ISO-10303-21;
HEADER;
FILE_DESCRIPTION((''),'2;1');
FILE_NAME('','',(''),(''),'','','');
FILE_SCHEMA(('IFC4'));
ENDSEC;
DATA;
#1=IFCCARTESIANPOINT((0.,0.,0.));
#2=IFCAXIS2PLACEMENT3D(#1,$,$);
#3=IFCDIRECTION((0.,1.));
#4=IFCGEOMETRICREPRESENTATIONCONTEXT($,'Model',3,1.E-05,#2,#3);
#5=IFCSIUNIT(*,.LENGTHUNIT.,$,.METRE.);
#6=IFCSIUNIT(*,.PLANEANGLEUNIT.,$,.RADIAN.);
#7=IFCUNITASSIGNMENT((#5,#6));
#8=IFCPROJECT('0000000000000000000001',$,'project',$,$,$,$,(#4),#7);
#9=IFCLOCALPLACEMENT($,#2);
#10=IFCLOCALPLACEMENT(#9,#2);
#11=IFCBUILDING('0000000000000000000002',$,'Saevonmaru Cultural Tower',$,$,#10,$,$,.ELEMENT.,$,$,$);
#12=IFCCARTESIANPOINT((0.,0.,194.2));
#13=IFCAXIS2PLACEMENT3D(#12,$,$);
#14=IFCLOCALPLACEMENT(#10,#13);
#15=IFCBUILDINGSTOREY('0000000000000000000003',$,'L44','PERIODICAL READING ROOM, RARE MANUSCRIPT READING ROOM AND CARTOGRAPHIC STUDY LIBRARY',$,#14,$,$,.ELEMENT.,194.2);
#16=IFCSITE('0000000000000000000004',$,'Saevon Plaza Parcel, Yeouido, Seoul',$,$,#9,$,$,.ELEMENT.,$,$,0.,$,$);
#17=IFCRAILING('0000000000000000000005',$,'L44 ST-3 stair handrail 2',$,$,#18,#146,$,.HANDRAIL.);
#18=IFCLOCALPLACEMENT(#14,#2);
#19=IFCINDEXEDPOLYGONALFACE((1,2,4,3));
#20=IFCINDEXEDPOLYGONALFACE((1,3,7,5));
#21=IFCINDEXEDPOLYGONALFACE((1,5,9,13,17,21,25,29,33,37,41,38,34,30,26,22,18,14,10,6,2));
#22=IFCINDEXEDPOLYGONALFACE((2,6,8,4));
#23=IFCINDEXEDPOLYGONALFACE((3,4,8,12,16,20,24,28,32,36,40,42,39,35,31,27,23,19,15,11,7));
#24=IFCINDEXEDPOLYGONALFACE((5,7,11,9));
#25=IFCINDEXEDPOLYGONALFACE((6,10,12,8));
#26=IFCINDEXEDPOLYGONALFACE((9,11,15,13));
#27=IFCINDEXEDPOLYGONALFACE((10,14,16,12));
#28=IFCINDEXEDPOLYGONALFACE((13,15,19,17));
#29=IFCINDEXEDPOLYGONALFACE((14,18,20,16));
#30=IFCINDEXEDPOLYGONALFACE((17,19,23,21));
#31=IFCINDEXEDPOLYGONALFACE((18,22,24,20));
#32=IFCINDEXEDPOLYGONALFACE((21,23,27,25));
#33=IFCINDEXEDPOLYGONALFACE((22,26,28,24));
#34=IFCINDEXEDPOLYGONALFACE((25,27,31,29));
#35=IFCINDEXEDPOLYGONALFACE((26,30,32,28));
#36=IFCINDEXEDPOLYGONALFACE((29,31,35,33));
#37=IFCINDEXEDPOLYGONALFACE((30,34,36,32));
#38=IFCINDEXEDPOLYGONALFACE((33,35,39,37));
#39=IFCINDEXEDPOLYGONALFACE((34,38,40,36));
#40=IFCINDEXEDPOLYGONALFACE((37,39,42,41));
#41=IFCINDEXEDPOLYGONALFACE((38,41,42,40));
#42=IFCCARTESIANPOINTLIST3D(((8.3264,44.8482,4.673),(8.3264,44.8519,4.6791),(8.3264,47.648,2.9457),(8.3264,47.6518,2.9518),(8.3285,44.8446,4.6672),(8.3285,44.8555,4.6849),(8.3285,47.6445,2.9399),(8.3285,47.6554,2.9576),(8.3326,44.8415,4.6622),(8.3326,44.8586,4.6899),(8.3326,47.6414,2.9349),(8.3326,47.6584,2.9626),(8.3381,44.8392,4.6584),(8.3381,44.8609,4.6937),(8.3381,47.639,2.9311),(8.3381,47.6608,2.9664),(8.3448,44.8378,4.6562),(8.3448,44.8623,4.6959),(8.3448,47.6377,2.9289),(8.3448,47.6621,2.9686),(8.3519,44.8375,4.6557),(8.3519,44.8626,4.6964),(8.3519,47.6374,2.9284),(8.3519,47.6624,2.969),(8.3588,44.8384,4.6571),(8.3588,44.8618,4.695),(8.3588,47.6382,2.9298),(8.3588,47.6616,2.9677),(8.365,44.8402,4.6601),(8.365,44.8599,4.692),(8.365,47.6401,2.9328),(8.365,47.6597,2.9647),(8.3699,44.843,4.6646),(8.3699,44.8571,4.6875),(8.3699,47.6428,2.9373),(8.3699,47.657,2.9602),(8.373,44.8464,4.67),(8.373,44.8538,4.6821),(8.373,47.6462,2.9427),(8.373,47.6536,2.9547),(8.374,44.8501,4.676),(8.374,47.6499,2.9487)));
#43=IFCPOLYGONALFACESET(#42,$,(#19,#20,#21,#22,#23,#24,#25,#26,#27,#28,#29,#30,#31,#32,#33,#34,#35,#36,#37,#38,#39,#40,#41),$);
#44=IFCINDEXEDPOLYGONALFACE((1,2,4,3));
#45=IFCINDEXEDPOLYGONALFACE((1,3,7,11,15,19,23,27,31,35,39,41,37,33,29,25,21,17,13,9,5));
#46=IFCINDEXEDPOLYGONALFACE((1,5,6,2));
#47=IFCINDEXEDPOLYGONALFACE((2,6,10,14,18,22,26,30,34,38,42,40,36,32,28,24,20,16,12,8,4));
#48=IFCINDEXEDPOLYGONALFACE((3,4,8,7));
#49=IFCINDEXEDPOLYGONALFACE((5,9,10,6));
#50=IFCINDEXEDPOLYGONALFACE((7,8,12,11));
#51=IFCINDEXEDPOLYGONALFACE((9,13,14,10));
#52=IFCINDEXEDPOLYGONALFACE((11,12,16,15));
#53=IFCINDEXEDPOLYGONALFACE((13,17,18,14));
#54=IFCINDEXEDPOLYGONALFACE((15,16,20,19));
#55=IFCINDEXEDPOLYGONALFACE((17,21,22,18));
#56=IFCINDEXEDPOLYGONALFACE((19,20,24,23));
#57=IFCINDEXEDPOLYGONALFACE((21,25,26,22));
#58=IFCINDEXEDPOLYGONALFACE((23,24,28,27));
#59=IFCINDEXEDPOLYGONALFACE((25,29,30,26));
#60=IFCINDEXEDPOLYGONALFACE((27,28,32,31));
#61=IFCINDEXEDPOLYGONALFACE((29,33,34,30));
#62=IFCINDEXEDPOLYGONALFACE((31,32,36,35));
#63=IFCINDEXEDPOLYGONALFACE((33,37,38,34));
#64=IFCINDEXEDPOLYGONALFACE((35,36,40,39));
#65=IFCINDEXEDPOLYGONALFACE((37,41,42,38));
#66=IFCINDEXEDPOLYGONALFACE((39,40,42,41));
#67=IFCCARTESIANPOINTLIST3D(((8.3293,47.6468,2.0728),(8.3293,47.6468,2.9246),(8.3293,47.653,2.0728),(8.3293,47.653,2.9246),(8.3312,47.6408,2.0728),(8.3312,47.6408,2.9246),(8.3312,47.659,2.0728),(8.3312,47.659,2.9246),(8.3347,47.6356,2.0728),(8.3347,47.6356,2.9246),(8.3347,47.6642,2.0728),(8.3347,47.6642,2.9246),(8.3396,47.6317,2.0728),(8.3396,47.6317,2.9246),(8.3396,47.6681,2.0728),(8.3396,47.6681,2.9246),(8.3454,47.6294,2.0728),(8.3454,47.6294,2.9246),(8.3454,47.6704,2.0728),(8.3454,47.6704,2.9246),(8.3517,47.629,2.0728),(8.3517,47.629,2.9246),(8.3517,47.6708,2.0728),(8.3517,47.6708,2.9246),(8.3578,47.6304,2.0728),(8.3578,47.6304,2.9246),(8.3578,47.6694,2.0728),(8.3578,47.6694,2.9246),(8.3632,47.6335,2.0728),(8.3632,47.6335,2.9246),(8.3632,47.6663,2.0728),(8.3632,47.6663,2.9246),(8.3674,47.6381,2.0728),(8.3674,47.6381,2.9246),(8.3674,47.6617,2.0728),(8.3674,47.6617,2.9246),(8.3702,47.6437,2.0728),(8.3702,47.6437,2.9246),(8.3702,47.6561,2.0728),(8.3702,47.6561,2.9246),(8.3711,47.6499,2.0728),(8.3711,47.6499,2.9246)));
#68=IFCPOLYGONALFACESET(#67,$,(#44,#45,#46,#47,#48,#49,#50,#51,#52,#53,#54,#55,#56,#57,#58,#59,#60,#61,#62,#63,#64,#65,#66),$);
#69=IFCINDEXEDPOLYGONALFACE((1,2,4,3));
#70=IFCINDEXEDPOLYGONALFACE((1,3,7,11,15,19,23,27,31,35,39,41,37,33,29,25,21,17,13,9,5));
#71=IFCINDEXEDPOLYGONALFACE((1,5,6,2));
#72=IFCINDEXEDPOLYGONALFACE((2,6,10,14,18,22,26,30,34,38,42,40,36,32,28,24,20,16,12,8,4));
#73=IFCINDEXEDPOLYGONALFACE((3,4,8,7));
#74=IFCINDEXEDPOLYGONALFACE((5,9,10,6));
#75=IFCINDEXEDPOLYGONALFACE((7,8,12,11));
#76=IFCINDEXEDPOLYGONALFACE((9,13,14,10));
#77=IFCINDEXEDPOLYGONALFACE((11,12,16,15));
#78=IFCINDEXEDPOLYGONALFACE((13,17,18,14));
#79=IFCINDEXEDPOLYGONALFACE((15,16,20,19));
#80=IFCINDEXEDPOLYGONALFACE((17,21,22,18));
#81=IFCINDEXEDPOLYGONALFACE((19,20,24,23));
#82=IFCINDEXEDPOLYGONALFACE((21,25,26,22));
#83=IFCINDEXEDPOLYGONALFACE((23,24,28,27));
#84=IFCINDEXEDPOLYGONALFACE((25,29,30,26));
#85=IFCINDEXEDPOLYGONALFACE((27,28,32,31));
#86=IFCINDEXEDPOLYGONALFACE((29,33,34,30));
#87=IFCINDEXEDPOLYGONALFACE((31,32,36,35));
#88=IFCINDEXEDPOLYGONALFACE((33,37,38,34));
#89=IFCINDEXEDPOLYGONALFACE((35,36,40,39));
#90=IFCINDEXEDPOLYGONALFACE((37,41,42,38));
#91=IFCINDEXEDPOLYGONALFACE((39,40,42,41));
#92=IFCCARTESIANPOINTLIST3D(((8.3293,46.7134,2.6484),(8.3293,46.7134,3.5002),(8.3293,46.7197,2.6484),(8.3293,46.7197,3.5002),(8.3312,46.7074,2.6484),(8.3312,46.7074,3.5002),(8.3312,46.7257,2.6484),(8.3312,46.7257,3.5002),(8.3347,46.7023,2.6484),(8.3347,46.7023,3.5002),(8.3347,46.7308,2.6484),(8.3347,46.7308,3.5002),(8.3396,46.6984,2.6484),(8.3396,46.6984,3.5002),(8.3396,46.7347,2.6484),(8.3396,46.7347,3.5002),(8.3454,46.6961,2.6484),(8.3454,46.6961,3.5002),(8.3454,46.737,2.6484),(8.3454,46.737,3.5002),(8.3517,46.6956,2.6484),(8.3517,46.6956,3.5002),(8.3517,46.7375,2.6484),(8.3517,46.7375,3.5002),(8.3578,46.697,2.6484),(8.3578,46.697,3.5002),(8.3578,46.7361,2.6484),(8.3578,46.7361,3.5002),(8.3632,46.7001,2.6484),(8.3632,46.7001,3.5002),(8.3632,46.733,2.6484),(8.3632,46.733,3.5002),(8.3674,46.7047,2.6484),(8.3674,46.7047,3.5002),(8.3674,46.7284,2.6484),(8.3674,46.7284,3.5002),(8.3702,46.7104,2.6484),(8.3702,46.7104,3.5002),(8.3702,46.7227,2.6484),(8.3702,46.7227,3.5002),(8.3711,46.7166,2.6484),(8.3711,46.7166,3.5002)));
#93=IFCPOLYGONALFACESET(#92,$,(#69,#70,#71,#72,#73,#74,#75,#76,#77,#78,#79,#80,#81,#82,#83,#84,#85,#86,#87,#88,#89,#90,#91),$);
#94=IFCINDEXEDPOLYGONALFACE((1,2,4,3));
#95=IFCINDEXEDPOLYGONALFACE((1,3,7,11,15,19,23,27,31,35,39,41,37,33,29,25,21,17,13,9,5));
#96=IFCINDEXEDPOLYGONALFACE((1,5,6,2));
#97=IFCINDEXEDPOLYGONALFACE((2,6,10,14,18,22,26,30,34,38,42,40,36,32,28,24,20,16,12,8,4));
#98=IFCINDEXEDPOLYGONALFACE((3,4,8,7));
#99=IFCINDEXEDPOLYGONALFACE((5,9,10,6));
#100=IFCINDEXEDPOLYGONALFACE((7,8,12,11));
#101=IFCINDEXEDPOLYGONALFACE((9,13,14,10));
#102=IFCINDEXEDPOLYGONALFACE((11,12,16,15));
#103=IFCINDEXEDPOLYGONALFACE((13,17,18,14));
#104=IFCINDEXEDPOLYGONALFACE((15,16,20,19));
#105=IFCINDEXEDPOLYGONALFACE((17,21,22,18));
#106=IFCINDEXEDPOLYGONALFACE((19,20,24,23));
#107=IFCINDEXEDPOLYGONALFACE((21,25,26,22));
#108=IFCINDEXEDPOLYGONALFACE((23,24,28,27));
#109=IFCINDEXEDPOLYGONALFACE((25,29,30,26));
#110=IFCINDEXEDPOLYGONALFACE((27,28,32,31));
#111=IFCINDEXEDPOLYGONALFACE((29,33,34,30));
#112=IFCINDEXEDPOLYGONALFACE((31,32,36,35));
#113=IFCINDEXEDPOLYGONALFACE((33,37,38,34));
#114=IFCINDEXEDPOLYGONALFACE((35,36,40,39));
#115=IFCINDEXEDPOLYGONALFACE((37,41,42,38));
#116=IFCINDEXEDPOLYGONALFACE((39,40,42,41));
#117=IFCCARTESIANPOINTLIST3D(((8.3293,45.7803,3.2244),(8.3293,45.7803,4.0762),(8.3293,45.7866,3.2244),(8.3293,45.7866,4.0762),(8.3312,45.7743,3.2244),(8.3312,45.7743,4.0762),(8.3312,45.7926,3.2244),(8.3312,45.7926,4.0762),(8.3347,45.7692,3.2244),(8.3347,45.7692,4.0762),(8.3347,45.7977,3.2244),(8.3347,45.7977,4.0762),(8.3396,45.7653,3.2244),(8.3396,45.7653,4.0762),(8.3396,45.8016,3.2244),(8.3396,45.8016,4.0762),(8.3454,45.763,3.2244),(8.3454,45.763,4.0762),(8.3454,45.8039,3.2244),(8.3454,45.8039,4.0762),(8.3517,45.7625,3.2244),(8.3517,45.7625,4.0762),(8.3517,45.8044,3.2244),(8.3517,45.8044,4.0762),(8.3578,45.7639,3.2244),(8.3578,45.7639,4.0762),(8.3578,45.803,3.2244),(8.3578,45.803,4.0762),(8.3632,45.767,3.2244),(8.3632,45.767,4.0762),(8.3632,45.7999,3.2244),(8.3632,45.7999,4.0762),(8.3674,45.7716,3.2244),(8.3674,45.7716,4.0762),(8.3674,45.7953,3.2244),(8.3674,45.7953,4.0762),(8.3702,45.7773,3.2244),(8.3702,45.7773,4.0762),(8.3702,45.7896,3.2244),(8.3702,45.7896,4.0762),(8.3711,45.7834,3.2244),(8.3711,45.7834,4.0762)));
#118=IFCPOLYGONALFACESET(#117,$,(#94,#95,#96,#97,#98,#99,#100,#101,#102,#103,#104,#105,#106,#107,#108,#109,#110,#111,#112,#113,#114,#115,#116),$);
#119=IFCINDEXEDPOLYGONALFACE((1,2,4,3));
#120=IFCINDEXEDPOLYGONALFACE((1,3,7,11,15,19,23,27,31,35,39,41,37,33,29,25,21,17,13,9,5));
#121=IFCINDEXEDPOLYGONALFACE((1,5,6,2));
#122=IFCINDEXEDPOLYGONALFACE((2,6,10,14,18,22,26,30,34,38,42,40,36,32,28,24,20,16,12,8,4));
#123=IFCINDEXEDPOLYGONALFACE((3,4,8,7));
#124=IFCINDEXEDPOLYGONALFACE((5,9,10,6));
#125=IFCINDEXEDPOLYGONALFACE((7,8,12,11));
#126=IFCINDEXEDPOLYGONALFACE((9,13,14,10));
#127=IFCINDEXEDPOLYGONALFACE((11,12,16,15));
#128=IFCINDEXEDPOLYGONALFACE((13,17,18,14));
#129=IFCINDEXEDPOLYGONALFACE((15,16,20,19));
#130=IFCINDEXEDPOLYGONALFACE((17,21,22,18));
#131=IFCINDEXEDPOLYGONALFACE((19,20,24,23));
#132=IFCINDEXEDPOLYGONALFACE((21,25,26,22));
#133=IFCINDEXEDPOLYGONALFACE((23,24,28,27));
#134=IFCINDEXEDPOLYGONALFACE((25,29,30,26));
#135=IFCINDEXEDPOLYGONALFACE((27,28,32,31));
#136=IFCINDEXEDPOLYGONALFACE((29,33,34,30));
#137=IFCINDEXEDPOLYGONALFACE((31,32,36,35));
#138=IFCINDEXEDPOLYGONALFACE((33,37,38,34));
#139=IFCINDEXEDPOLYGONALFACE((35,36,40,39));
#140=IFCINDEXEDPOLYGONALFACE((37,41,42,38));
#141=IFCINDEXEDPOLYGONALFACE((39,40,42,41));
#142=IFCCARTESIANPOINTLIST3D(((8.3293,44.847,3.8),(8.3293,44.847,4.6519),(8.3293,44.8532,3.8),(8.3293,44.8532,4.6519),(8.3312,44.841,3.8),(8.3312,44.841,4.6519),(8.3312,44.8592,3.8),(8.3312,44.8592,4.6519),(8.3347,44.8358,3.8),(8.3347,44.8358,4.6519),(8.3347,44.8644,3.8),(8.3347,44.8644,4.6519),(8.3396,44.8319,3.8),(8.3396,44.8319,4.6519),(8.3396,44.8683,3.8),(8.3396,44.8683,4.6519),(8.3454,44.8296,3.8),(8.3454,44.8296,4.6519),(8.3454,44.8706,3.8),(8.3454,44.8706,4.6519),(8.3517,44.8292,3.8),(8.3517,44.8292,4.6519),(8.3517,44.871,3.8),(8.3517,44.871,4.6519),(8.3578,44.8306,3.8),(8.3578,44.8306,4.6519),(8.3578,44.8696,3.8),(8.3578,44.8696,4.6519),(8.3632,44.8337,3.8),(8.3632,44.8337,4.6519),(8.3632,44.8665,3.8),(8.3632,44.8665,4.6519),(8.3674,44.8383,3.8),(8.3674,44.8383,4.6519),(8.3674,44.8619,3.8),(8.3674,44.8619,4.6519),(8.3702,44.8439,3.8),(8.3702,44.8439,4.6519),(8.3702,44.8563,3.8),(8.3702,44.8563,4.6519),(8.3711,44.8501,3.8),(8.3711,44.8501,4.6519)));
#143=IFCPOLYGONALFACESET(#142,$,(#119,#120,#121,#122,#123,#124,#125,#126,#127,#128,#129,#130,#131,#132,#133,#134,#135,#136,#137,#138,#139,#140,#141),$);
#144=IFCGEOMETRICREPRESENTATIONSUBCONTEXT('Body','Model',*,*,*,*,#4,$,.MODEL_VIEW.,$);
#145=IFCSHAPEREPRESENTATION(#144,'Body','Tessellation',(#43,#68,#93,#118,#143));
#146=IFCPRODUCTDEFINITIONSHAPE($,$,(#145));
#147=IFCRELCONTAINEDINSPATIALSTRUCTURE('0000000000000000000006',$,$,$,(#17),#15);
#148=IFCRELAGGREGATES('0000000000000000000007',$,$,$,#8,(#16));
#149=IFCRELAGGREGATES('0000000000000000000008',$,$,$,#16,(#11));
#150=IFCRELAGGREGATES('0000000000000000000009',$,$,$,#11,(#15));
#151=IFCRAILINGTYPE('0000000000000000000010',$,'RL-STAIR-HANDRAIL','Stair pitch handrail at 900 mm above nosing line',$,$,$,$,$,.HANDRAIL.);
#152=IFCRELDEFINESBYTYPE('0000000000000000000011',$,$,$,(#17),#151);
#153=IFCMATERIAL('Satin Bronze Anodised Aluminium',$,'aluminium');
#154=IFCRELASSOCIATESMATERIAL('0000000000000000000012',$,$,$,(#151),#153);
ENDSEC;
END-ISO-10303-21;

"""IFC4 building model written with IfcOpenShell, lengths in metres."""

from ifc_helpers import new_model, si_unit, direction, frame, origin, origin_2d, place, context, subcontext, project, spatial, circle, extrude, material, type_object, element, save


model = new_model("IFC4")

# Units and contexts
model_context = context("Model", 3, precision=1e-05, world=origin(), true_north=direction((0.0, 1.0)))
body_context = subcontext(model_context, "Body", "Model", "MODEL_VIEW")
ifc_project = project(units=[si_unit("LENGTHUNIT", "METRE"), si_unit("PLANEANGLEUNIT", "RADIAN")], contexts=[model_context])

# Site, building, storey
site_placement = place(None, origin())
site = spatial("IfcSite", under=ifc_project, at=site_placement, Name="Saevon Plaza Parcel, Yeouido, Seoul", CompositionType="ELEMENT", RefElevation=0.0)
building_placement = place(site_placement, origin())
building = spatial("IfcBuilding", under=site, at=building_placement, Name="Saevonmaru Cultural Tower", CompositionType="ELEMENT")
storey_placement = place(building_placement, frame((0.0, 0.0, 194.2)))
storey = spatial("IfcBuildingStorey", under=building, at=storey_placement, Name="L44", Description="PERIODICAL READING ROOM, RARE MANUSCRIPT READING ROOM AND CARTOGRAPHIC STUDY LIBRARY", CompositionType="ELEMENT", Elevation=194.2)

# Shared definitions
ifc_material_1 = material(Name="Satin Bronze Anodised Aluminium", Category="aluminium")

# Railing
railing_type_1 = type_object("IfcRailingType", Name="RL-STAIR-HANDRAIL", Description="Stair pitch handrail at 900 mm above nosing line", PredefinedType="HANDRAIL", material=ifc_material_1)
railing_1_placement = place(storey_placement, frame((8.3501, 47.6499, 2.0728)))
element("IfcRailing", 1, at=railing_1_placement, inside=storey, type_object=railing_type_1, Name="L44 ST-3 stair handrail 2", PredefinedType="HANDRAIL", context=body_context, shape_type="SweptSolid", body=[
    extrude(circle(Radius=0.0239, at=origin_2d()), frame((0.0, 0.0, 0.876), z_axis=(0.0, -0.851069, 0.525054), x_axis=(1.0, 0.0, 0.0)), (0.0, 0.0, 1.0), 3.2898),
    extrude(circle(Radius=0.021, at=origin_2d()), origin(), (0.0, 0.0, 1.0), 0.8518),
    extrude(circle(Radius=0.021, at=origin_2d()), frame((0.0, -0.9333, 0.5757)), (0.0, 0.0, 1.0), 0.8518),
    extrude(circle(Radius=0.021, at=origin_2d()), frame((0.0, -1.8665, 1.1516)), (0.0, 0.0, 1.0), 0.8518),
    extrude(circle(Radius=0.021, at=origin_2d()), frame((0.0, -2.7998, 1.7273)), (0.0, 0.0, 1.0), 0.8518),
])

save(model, "model.ifc")
